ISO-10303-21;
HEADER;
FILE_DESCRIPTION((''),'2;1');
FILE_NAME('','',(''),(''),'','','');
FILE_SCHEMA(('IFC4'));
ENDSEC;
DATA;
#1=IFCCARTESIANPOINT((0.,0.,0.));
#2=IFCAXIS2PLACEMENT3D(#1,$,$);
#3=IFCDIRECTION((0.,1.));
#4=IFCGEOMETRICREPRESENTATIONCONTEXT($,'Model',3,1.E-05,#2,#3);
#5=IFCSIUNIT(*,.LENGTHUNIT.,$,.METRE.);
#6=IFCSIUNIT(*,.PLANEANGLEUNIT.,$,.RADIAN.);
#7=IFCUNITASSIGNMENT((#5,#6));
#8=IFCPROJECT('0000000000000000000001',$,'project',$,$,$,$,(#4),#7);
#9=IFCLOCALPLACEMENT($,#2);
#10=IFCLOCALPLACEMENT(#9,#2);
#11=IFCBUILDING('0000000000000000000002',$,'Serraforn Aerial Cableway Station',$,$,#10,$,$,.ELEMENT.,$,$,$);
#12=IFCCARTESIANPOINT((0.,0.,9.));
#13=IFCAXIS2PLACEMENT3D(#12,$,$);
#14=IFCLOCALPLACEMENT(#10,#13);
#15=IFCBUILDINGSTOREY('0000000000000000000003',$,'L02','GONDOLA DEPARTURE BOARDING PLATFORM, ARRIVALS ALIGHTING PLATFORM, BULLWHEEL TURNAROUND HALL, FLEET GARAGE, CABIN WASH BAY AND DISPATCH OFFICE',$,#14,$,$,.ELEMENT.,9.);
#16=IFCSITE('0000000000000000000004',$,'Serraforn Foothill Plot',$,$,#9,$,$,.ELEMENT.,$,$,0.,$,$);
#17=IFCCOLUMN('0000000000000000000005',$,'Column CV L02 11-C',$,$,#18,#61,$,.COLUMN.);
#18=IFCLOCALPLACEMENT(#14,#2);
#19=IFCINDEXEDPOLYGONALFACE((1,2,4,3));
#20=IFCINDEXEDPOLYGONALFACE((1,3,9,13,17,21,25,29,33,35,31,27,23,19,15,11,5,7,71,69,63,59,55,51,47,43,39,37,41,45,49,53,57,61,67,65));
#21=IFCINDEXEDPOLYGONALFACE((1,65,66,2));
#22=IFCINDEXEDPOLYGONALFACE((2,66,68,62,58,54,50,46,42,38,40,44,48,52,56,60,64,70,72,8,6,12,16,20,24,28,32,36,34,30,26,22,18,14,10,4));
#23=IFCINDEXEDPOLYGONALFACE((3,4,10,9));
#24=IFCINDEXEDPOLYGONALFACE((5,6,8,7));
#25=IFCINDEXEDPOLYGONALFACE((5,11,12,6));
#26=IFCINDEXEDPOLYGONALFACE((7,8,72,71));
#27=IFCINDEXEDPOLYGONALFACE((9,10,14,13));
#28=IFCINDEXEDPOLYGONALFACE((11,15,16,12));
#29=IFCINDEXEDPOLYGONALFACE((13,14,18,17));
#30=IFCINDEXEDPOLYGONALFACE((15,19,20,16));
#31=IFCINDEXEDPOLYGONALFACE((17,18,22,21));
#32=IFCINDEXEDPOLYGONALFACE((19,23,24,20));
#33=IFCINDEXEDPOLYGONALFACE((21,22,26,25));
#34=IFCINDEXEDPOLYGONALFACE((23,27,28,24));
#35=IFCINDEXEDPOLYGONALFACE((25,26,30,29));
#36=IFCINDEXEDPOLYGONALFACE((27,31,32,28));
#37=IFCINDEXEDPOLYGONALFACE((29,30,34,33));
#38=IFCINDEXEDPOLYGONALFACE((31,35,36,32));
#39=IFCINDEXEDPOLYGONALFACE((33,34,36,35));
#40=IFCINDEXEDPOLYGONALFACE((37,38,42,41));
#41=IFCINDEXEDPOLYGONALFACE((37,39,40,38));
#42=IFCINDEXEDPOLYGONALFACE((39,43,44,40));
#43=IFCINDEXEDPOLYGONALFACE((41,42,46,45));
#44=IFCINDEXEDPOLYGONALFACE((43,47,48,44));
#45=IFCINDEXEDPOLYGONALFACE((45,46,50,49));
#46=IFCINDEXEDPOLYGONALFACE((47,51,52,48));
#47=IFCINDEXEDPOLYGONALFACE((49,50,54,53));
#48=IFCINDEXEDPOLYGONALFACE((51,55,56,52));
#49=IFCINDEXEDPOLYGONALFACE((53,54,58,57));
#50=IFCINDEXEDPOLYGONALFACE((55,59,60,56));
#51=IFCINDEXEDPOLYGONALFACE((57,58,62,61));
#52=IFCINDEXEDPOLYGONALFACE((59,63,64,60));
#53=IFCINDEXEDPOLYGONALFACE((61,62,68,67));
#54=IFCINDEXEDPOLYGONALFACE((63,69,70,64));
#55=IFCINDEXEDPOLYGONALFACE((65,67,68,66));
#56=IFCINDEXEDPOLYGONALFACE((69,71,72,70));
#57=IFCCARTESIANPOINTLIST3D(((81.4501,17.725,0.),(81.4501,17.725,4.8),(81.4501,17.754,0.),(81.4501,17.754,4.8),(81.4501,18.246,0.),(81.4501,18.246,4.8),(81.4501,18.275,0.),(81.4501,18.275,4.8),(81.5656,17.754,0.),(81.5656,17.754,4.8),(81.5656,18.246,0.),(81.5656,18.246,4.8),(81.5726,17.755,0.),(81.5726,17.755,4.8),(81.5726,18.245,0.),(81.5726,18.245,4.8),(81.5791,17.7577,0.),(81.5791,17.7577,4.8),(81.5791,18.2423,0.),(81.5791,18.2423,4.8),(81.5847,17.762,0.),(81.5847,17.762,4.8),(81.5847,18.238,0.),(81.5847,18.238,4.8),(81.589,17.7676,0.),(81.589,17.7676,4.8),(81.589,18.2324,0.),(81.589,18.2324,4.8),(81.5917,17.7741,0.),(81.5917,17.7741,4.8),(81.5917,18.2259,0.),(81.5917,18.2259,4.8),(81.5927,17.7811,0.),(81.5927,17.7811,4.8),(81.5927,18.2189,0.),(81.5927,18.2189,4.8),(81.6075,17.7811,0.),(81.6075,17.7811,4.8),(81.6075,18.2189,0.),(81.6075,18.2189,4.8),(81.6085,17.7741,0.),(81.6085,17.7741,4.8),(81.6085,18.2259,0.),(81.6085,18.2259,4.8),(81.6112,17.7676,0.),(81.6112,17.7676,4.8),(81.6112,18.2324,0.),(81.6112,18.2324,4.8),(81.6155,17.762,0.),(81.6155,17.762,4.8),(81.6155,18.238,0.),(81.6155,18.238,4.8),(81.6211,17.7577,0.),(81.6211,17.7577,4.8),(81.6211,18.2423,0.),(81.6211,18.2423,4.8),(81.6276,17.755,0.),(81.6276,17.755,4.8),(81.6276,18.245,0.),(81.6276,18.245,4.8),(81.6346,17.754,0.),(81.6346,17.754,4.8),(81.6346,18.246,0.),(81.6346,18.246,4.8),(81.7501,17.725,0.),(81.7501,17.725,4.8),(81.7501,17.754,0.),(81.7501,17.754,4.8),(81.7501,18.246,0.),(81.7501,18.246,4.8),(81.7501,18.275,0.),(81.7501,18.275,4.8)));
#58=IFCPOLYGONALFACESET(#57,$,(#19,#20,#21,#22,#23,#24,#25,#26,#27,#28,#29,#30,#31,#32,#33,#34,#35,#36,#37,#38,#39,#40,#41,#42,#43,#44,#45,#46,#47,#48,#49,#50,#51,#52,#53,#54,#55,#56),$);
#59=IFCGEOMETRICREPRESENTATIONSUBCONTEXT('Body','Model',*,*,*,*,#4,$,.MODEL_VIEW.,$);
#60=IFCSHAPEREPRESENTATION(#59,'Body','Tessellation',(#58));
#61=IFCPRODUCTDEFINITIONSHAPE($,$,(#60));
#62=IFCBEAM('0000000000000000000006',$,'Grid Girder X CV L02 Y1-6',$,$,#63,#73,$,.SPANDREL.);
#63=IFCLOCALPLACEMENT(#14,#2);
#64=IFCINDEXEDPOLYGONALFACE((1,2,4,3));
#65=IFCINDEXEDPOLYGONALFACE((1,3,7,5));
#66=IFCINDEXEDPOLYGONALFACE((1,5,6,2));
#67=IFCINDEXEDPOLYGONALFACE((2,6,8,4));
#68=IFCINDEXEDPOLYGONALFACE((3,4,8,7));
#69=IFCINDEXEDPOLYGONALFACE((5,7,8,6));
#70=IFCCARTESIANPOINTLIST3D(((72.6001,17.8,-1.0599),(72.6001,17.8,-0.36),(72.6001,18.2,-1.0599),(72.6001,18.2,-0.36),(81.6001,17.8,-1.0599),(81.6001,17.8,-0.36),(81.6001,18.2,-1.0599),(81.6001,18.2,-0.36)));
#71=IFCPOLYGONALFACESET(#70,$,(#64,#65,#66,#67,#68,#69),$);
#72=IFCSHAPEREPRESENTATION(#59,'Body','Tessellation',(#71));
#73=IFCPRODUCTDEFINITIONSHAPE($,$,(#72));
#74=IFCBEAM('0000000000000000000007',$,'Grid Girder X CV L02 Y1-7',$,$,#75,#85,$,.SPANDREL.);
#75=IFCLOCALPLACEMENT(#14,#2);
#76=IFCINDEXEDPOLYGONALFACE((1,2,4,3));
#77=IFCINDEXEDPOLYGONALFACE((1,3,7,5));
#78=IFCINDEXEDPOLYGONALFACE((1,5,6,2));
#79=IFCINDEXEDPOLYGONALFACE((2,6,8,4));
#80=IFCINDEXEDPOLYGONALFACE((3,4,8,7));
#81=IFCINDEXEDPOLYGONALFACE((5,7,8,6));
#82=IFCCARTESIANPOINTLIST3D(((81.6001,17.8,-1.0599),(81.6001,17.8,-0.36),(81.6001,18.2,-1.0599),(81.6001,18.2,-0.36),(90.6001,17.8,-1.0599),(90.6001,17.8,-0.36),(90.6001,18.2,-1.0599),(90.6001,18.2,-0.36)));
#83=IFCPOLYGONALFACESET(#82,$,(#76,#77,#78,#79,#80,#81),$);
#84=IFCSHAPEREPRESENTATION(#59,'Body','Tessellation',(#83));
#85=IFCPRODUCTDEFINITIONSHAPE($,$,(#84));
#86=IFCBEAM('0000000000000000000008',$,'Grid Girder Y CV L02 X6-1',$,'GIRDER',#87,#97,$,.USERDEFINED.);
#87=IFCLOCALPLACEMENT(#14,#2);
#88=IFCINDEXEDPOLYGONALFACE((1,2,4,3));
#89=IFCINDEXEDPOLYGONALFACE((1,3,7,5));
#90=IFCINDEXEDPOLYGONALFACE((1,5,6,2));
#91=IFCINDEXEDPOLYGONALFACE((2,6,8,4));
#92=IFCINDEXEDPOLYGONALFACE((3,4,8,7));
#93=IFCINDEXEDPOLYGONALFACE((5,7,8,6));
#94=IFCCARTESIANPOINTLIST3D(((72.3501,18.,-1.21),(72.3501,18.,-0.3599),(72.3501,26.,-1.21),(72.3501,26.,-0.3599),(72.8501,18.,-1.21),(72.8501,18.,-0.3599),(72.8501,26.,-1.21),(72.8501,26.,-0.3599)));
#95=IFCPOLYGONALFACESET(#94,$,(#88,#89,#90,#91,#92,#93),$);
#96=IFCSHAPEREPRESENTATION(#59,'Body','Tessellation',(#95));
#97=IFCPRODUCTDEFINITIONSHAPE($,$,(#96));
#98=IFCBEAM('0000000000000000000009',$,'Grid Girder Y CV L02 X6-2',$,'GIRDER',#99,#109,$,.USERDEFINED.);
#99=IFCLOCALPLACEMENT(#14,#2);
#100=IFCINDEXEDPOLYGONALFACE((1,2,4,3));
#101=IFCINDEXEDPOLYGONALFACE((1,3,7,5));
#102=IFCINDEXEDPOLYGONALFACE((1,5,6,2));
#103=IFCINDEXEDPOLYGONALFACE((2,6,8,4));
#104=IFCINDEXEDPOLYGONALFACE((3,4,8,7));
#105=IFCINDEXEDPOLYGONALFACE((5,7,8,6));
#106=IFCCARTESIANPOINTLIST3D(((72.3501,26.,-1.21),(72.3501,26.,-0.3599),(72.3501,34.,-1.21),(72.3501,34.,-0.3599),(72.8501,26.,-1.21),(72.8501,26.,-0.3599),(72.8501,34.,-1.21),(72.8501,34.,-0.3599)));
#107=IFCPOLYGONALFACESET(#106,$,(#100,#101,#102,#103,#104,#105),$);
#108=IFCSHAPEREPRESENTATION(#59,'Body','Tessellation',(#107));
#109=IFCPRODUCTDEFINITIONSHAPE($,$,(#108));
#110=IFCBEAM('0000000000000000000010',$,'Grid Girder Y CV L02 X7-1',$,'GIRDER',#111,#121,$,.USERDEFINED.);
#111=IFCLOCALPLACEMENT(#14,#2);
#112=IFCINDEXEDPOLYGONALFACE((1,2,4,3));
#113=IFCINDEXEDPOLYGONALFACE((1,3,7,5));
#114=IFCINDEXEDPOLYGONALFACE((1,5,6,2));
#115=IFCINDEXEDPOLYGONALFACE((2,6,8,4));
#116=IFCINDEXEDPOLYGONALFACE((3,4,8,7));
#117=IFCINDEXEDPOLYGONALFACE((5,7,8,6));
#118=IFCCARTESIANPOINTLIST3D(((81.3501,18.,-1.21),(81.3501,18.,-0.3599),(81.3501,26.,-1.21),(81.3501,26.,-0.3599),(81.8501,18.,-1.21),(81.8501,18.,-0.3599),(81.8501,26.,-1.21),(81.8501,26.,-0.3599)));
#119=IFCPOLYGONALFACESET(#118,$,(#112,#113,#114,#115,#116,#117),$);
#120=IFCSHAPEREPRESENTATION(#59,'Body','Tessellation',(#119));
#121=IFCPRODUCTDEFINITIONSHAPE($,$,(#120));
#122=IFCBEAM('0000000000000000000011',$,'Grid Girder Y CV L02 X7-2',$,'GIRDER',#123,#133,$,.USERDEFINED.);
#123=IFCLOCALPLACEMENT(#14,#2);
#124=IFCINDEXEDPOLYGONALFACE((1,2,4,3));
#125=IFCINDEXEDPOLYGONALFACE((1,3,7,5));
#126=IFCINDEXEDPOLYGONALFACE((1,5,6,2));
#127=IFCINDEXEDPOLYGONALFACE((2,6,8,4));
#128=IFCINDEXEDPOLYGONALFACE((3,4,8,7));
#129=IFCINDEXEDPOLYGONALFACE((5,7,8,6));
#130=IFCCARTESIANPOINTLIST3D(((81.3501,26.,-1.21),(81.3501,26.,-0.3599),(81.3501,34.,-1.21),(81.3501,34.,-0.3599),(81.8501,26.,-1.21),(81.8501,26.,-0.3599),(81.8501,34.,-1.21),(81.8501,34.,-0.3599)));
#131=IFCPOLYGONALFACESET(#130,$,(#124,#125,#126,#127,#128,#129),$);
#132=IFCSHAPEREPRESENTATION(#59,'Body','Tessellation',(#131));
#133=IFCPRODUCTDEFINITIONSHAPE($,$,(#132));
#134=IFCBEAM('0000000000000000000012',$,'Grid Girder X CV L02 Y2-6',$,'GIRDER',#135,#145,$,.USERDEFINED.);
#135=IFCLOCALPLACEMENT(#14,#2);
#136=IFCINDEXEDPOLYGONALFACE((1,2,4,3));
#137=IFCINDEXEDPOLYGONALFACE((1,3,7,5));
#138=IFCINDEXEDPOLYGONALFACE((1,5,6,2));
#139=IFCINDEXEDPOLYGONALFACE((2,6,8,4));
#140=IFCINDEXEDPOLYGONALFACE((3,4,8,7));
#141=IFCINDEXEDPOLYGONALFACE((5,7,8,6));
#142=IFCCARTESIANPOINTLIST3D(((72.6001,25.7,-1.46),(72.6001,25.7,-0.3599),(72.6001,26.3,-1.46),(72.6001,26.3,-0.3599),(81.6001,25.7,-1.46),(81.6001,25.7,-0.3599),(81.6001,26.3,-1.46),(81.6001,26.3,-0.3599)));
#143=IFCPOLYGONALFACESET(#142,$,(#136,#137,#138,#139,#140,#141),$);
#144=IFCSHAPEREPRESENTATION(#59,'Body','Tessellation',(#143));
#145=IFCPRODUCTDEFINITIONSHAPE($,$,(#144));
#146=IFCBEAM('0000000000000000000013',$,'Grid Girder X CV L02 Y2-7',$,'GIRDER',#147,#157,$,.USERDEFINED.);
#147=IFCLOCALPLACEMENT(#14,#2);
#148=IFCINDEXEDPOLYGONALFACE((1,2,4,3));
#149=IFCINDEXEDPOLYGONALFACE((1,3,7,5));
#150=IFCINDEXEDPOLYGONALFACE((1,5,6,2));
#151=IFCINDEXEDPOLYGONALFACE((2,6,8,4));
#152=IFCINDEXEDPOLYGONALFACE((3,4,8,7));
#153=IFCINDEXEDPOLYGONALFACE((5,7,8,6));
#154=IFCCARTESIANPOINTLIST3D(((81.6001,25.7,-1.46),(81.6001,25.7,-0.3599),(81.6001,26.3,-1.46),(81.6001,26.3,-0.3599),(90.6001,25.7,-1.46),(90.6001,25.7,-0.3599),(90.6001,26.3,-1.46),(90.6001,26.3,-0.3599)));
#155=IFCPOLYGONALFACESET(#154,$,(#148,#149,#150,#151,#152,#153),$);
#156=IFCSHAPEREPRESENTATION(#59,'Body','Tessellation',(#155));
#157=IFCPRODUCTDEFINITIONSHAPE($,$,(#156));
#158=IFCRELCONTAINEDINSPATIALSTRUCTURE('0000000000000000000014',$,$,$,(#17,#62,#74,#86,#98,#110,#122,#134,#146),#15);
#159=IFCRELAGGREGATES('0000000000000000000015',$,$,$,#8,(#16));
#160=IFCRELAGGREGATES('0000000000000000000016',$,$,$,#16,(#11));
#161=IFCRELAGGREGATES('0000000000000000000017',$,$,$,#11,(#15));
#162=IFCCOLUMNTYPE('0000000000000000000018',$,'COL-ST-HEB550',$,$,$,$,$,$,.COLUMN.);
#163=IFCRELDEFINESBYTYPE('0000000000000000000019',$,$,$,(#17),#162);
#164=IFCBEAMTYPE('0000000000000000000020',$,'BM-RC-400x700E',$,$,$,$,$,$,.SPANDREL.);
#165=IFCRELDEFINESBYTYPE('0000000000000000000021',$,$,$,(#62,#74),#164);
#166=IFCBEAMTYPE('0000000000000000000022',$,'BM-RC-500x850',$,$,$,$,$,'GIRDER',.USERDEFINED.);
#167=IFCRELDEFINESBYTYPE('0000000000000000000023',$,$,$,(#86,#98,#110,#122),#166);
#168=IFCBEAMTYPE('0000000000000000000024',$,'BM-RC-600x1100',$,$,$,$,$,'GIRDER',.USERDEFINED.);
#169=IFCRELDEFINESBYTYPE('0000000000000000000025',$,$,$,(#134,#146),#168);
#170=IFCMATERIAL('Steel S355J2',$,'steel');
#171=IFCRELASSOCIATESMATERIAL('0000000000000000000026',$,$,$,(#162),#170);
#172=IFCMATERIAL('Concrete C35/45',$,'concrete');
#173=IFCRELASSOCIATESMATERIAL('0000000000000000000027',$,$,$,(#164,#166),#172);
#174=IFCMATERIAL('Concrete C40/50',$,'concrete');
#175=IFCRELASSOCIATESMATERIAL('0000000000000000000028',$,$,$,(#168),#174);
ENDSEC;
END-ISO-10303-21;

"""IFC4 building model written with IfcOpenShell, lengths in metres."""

from ifc_helpers import new_model, si_unit, direction, frame, origin, origin_2d, place, context, subcontext, project, spatial, rectangle, i_section, extrude, material, material_profile, profile_set, type_object, element, save


model = new_model("IFC4")

# Units and contexts
model_context = context("Model", 3, precision=1e-05, world=origin(), true_north=direction((0.0, 1.0)))
body_context = subcontext(model_context, "Body", "Model", "MODEL_VIEW")
ifc_project = project(units=[si_unit("LENGTHUNIT", "METRE"), si_unit("PLANEANGLEUNIT", "RADIAN")], contexts=[model_context])

# Site, building, storey
site_placement = place(None, origin())
site = spatial("IfcSite", under=ifc_project, at=site_placement, Name="Serraforn Foothill Plot", CompositionType="ELEMENT", RefElevation=0.0)
building_placement = place(site_placement, origin())
building = spatial("IfcBuilding", under=site, at=building_placement, Name="Serraforn Aerial Cableway Station", CompositionType="ELEMENT")
storey_placement = place(building_placement, frame((0.0, 0.0, 9.0)))
storey = spatial("IfcBuildingStorey", under=building, at=storey_placement, Name="L02", Description="GONDOLA DEPARTURE BOARDING PLATFORM, ARRIVALS ALIGHTING PLATFORM, BULLWHEEL TURNAROUND HALL, FLEET GARAGE, CABIN WASH BAY AND DISPATCH OFFICE", CompositionType="ELEMENT", Elevation=9.0)

# Column
ifc_material_1 = material(Name="Steel S355J2", Category="steel")
ifc_material_profile_1 = material_profile(ifc_material_1, i_section(OverallWidth=0.3, OverallDepth=0.55, WebThickness=0.0149, FlangeThickness=0.0291, FilletRadius=0.0271, at=origin_2d()), Name="HEB 550")
ifc_profile_set_1 = profile_set([ifc_material_profile_1], Name="Steel S355J2")
column_type = type_object("IfcColumnType", Name="COL-ST-HEB550", PredefinedType="COLUMN", material=ifc_profile_set_1)
column_placement = place(storey_placement, frame((81.6001, 18.0, 0.0), z_axis=(0.0, 0.0, 1.0), x_axis=(1.0, 0.0, 0.0)))
element("IfcColumn", 1, at=column_placement, inside=storey, type_object=column_type, Name="Column CV L02 11-C", PredefinedType="COLUMN", context=body_context, shape_type="SweptSolid", body=[
    extrude(i_section(OverallWidth=0.3, OverallDepth=0.55, WebThickness=0.0149, FlangeThickness=0.0291, FilletRadius=0.0271, at=origin_2d()), origin(), (0.0, 0.0, 1.0), 4.8),
])

# Beams
ifc_material_2 = material(Name="Concrete C35/45", Category="concrete")
ifc_material_profile_2 = material_profile(ifc_material_2, rectangle(XDim=0.3999, YDim=0.7, at=origin_2d()), Name="RC 400x700")
ifc_profile_set_2 = profile_set([ifc_material_profile_2], Name="Concrete C35/45")
beam_type_1 = type_object("IfcBeamType", Name="BM-RC-400x700E", PredefinedType="SPANDREL", material=ifc_profile_set_2)
for number, where, z_axis, x_axis, name in (
    (2, (72.6001, 18.0, -0.71), (1.0, 0.0, 0.0), (0.0, 1.0, 0.0), "Grid Girder X CV L02 Y1-6"),
    (3, (81.6001, 18.0, -0.71), (1.0, 0.0, 0.0), (0.0, 1.0, 0.0), "Grid Girder X CV L02 Y1-7"),
):
    element("IfcBeam", number, at=place(storey_placement, frame(where, z_axis=z_axis, x_axis=x_axis)), inside=storey, type_object=beam_type_1, Name=name, PredefinedType="SPANDREL", context=body_context, shape_type="SweptSolid", body=[
        extrude(rectangle(XDim=0.3999, YDim=0.7, at=origin_2d()), origin(), (0.0, 0.0, 1.0), 9.0),
    ])
ifc_material_profile_3 = material_profile(ifc_material_2, rectangle(XDim=0.5, YDim=0.8501, at=origin_2d()), Name="RC 500x850")
ifc_profile_set_3 = profile_set([ifc_material_profile_3], Name="Concrete C35/45")
beam_type_2 = type_object("IfcBeamType", Name="BM-RC-500x850", ElementType="GIRDER", PredefinedType="USERDEFINED", material=ifc_profile_set_3)
for number, where, z_axis, x_axis, name in (
    (4, (72.6001, 18.0, -0.7849), (0.0, 1.0, 0.0), (-1.0, 0.0, 0.0), "Grid Girder Y CV L02 X6-1"),
    (5, (72.6001, 26.0, -0.7849), (0.0, 1.0, 0.0), (-1.0, 0.0, 0.0), "Grid Girder Y CV L02 X6-2"),
    (6, (81.6001, 18.0, -0.7849), (0.0, 1.0, 0.0), (-1.0, 0.0, 0.0), "Grid Girder Y CV L02 X7-1"),
    (7, (81.6001, 26.0, -0.7849), (0.0, 1.0, 0.0), (-1.0, 0.0, 0.0), "Grid Girder Y CV L02 X7-2"),
):
    element("IfcBeam", number, at=place(storey_placement, frame(where, z_axis=z_axis, x_axis=x_axis)), inside=storey, type_object=beam_type_2, Name=name, ObjectType="GIRDER", PredefinedType="USERDEFINED", context=body_context, shape_type="SweptSolid", body=[
        extrude(rectangle(XDim=0.5, YDim=0.8501, at=origin_2d()), origin(), (0.0, 0.0, 1.0), 8.0),
    ])
ifc_material_3 = material(Name="Concrete C40/50", Category="concrete")
ifc_material_profile_4 = material_profile(ifc_material_3, rectangle(XDim=0.6001, YDim=1.1001, at=origin_2d()), Name="RC 600x1100")
ifc_profile_set_4 = profile_set([ifc_material_profile_4], Name="Concrete C40/50")
beam_type_3 = type_object("IfcBeamType", Name="BM-RC-600x1100", ElementType="GIRDER", PredefinedType="USERDEFINED", material=ifc_profile_set_4)
for number, where, z_axis, x_axis, name in (
    (8, (72.6001, 26.0, -0.9099), (1.0, 0.0, 0.0), (0.0, 1.0, 0.0), "Grid Girder X CV L02 Y2-6"),
    (9, (81.6001, 26.0, -0.9099), (1.0, 0.0, 0.0), (0.0, 1.0, 0.0), "Grid Girder X CV L02 Y2-7"),
):
    element("IfcBeam", number, at=place(storey_placement, frame(where, z_axis=z_axis, x_axis=x_axis)), inside=storey, type_object=beam_type_3, Name=name, ObjectType="GIRDER", PredefinedType="USERDEFINED", context=body_context, shape_type="SweptSolid", body=[
        extrude(rectangle(XDim=0.6001, YDim=1.1001, at=origin_2d()), origin(), (0.0, 0.0, 1.0), 9.0),
    ])

save(model, "model.ifc")
